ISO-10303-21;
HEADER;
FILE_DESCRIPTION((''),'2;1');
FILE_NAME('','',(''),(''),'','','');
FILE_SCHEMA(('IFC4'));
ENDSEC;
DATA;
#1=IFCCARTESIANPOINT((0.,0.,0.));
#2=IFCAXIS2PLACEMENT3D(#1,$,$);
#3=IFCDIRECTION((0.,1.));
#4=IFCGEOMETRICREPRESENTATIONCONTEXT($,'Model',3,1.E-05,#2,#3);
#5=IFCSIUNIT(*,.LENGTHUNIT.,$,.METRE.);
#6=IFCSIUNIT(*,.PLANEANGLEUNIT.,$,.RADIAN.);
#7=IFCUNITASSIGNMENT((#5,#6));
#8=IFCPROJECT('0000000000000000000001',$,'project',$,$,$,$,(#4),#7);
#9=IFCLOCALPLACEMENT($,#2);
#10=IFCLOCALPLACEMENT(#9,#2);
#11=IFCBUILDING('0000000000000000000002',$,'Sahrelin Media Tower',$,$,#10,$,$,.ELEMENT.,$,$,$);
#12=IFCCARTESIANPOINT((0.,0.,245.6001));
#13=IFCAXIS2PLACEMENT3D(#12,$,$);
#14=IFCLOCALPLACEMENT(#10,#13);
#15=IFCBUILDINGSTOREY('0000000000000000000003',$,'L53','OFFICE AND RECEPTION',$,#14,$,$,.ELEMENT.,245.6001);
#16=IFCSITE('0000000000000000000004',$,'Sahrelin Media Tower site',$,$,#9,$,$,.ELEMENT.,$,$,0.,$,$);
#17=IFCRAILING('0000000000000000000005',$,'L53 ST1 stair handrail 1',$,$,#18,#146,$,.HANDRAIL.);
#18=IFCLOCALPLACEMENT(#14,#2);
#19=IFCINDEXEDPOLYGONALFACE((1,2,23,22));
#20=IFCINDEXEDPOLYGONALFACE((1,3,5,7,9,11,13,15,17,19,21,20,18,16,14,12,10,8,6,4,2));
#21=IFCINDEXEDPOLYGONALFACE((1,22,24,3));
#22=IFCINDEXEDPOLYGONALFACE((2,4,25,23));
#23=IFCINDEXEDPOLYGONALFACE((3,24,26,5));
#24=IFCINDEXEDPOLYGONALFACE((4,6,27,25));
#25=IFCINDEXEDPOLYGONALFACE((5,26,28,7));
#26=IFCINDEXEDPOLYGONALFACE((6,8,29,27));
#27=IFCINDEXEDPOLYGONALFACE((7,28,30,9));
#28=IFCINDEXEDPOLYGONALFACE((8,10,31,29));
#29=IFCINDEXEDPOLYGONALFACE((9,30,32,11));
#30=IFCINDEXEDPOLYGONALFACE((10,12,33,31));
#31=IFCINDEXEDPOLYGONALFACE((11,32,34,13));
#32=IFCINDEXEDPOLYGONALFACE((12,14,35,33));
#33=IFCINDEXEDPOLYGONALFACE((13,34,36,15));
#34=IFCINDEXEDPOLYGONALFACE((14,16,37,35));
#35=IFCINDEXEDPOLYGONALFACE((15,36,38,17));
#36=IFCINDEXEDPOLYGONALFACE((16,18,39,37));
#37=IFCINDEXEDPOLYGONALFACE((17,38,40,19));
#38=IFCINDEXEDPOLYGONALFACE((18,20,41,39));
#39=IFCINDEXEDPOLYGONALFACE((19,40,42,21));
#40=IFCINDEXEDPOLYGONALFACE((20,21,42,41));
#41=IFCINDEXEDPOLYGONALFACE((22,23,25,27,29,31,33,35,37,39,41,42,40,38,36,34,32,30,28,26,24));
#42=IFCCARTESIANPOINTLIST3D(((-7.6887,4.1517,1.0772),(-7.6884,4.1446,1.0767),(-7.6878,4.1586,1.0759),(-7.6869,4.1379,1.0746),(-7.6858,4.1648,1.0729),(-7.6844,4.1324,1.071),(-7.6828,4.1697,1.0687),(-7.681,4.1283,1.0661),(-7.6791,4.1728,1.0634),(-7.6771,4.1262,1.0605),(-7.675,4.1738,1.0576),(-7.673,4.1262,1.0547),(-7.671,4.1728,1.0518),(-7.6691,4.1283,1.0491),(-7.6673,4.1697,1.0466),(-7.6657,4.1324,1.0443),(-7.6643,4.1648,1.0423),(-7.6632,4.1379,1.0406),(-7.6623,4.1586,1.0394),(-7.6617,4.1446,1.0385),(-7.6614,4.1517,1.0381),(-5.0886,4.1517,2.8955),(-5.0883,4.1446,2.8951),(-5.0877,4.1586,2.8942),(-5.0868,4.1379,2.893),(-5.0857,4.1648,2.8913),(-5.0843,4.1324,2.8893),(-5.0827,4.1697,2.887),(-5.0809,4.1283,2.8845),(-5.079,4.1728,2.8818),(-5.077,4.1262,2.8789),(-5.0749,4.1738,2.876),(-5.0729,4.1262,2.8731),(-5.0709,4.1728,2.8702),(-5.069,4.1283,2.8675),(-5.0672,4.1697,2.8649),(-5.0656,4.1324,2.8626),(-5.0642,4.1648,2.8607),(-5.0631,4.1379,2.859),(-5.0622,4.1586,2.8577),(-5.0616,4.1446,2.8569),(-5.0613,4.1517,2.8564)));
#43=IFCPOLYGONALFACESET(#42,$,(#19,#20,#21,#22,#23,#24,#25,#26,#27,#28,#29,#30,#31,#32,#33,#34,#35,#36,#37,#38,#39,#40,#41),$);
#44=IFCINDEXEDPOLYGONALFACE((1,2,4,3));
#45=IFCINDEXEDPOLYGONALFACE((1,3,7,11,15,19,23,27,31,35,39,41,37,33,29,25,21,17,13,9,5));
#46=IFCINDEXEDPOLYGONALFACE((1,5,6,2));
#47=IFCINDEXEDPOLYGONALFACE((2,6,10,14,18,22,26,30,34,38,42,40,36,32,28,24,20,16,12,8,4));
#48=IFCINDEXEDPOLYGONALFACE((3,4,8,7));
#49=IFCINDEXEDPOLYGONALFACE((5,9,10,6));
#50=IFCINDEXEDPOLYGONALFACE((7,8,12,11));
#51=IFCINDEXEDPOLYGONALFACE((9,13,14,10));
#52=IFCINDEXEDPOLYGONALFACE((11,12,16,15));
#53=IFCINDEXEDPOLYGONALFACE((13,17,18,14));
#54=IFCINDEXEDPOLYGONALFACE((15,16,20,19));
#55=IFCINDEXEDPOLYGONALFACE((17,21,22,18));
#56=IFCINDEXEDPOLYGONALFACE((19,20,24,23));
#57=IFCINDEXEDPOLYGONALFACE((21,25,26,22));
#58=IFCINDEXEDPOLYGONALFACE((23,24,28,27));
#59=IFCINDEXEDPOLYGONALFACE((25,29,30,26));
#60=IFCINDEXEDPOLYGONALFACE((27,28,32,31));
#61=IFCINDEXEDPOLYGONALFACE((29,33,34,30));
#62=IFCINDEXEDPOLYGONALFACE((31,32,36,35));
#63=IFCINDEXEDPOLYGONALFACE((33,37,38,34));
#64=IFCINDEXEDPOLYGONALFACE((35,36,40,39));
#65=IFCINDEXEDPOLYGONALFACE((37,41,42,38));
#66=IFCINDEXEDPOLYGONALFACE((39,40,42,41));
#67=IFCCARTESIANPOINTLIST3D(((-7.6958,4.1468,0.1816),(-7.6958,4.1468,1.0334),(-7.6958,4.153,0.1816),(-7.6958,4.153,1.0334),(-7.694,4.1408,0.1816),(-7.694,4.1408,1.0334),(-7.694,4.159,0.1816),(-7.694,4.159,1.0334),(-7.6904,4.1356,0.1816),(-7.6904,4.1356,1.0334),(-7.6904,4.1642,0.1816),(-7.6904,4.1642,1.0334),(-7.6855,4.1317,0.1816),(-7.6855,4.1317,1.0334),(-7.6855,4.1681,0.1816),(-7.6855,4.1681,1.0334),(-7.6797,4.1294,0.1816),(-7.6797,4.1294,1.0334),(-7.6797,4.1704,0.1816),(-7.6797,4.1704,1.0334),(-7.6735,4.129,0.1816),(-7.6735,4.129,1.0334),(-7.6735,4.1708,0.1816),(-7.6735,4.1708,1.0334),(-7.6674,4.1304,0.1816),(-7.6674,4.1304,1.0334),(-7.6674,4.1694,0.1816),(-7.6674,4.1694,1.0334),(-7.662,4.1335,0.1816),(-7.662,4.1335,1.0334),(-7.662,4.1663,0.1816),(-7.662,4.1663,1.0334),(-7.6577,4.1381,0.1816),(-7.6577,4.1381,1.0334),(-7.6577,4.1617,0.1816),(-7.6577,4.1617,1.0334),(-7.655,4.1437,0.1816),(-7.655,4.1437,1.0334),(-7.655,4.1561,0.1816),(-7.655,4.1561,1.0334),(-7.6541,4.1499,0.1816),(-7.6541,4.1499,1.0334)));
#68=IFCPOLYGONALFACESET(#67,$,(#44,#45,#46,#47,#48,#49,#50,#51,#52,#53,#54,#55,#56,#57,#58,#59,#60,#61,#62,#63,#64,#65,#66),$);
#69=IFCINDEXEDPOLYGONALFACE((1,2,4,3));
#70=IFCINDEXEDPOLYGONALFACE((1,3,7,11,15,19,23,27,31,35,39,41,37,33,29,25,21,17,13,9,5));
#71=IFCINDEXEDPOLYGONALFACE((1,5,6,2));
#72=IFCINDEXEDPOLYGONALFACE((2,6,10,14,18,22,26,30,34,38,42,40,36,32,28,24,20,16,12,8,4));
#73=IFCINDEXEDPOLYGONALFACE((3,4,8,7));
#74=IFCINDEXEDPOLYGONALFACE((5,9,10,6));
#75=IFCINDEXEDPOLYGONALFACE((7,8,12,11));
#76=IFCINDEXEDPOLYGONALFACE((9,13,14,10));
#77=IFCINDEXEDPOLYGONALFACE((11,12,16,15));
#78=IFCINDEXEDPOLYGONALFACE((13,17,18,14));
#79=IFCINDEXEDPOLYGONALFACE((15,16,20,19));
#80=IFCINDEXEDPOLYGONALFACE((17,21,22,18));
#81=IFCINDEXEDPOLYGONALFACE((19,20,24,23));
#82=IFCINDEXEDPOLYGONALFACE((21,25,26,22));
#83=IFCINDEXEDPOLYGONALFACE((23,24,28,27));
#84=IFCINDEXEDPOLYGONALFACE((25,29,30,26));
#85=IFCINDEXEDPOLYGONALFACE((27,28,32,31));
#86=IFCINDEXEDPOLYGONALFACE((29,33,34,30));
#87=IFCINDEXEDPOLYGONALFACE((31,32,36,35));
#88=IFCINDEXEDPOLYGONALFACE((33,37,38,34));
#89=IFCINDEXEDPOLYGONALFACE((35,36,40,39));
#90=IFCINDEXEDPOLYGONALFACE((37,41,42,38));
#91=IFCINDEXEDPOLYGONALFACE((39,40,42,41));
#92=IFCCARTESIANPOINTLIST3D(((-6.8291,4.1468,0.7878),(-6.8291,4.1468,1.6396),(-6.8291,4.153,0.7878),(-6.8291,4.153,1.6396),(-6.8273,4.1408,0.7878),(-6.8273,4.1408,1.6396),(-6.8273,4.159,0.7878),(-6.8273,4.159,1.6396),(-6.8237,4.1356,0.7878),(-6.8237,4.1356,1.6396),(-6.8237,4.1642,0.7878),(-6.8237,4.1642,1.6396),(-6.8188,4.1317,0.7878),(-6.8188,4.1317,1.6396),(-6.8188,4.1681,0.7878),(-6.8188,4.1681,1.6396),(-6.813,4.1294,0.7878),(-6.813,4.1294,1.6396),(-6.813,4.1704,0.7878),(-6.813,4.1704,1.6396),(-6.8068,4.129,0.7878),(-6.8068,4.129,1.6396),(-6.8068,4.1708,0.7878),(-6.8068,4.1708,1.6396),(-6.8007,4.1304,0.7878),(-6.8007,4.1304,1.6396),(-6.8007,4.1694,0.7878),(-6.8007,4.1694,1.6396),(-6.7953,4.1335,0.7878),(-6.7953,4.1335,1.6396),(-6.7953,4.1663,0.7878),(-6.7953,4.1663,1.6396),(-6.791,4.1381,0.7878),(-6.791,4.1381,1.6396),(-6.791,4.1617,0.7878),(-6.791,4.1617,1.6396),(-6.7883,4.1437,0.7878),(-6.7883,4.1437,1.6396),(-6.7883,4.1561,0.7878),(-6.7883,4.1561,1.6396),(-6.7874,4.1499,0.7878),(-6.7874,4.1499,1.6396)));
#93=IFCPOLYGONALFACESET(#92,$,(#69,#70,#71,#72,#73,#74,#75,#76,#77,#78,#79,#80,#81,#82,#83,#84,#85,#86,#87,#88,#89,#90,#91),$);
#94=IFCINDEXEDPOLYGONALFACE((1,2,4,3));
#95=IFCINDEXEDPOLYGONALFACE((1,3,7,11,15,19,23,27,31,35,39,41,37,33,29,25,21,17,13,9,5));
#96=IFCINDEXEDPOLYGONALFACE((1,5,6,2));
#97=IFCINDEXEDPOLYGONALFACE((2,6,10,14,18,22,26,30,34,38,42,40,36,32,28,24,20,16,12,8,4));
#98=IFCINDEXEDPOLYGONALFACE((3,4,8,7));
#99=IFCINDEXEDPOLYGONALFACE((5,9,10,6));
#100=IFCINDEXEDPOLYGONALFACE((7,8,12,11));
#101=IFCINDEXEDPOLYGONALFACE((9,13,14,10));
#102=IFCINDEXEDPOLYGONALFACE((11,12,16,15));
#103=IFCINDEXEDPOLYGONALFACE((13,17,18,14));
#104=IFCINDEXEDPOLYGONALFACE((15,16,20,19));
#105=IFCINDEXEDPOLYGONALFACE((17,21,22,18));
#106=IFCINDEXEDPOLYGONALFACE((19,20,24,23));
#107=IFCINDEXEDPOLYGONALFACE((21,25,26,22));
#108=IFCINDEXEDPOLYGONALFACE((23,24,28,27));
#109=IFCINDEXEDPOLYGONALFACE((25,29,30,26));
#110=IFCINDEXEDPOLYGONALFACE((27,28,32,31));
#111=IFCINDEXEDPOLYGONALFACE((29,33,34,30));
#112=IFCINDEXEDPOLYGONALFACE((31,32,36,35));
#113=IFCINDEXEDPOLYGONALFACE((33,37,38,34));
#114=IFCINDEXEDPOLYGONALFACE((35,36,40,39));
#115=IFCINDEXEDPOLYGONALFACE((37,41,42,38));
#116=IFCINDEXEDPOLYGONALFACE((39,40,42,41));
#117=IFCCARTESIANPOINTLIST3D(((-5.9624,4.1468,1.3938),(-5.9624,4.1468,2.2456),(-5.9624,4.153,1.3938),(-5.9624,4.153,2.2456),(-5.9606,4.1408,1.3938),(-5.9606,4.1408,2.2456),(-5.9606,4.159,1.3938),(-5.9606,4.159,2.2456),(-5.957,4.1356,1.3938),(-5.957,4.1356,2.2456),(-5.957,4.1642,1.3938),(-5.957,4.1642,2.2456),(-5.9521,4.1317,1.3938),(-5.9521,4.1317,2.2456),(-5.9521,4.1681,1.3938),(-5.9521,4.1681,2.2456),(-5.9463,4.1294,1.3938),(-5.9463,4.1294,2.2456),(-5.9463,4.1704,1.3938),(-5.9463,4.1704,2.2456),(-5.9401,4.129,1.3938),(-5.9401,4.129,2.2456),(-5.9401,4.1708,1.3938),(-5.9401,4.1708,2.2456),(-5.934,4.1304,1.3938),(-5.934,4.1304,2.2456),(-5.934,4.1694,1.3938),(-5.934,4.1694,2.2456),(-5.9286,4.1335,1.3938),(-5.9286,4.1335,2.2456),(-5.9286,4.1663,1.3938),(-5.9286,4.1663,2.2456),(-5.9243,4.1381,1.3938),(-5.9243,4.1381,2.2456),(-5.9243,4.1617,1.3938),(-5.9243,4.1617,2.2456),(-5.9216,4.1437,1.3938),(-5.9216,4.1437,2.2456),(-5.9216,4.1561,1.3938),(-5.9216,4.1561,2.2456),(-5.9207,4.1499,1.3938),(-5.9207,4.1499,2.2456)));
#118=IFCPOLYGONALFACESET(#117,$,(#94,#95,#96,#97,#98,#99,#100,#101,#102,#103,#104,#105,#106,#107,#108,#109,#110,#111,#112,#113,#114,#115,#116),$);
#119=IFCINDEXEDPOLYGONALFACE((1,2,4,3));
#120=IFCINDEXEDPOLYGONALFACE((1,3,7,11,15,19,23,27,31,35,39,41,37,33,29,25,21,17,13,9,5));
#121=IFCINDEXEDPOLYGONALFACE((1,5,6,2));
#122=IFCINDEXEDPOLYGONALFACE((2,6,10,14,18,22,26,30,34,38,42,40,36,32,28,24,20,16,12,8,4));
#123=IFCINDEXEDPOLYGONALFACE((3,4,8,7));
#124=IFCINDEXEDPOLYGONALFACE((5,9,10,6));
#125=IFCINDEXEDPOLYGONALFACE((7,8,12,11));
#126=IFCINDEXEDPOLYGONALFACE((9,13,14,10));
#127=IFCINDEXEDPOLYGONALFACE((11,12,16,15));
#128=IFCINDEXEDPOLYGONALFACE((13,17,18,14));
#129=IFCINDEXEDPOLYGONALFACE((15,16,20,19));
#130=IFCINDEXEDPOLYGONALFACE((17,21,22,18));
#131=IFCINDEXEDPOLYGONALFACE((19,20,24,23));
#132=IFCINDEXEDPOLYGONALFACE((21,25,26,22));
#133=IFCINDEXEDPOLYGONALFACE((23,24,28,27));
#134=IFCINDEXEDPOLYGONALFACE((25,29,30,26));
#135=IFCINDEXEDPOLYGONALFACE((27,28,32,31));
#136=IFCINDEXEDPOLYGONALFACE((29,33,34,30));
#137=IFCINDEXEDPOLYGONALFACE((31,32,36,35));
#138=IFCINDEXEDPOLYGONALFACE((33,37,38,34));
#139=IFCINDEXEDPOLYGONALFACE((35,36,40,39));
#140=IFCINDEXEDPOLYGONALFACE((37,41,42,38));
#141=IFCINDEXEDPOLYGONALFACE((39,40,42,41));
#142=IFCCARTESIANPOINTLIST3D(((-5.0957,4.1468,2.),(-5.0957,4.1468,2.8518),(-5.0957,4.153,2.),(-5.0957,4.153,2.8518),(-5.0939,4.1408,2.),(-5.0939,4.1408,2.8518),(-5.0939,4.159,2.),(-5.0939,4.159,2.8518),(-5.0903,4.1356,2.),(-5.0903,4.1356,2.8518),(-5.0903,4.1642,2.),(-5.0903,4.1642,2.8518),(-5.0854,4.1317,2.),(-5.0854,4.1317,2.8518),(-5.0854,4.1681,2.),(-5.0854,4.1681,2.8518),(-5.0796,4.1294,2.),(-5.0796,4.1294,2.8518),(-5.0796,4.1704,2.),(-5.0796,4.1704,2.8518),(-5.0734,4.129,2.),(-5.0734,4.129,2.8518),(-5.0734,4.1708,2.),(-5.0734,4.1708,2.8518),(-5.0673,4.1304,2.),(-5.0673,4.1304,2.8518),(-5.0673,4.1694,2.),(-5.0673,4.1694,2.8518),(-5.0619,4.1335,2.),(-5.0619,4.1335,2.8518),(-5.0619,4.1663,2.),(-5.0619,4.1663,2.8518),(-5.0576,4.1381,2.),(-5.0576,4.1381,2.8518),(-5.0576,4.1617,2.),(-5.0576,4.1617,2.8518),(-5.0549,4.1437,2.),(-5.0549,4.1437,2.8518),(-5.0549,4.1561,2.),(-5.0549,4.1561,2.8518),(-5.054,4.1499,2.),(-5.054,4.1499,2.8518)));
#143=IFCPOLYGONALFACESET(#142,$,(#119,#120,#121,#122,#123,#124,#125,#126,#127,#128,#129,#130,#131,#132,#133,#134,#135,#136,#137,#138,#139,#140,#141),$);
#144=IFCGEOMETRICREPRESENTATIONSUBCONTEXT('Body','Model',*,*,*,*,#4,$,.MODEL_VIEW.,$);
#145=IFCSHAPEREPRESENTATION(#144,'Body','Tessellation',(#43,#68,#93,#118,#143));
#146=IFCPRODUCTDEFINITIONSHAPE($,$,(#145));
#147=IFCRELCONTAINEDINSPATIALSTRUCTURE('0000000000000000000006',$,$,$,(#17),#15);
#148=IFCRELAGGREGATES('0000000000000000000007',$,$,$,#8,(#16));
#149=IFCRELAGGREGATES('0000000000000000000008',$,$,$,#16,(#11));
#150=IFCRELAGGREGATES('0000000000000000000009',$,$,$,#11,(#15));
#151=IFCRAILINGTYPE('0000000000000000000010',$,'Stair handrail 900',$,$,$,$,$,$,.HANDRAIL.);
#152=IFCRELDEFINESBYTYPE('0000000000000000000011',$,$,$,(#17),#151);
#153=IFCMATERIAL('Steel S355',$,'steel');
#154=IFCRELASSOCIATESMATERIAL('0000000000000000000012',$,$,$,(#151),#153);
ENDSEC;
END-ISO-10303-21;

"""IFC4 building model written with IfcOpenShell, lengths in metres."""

from ifc_helpers import new_model, si_unit, direction, frame, origin, origin_2d, place, context, subcontext, project, spatial, circle, extrude, material, type_object, element, save


model = new_model("IFC4")

# Units and contexts
model_context = context("Model", 3, precision=1e-05, world=origin(), true_north=direction((0.0, 1.0)))
body_context = subcontext(model_context, "Body", "Model", "MODEL_VIEW")
ifc_project = project(units=[si_unit("LENGTHUNIT", "METRE"), si_unit("PLANEANGLEUNIT", "RADIAN")], contexts=[model_context])

# Site, building, storey
site_placement = place(None, origin())
site = spatial("IfcSite", under=ifc_project, at=site_placement, Name="Sahrelin Media Tower site", CompositionType="ELEMENT", RefElevation=0.0)
building_placement = place(site_placement, origin())
building = spatial("IfcBuilding", under=site, at=building_placement, Name="Sahrelin Media Tower", CompositionType="ELEMENT")
storey_placement = place(building_placement, frame((0.0, 0.0, 245.6001)))
storey = spatial("IfcBuildingStorey", under=building, at=storey_placement, Name="L53", Description="OFFICE AND RECEPTION", CompositionType="ELEMENT", Elevation=245.6001)

# Shared definitions
ifc_material_1 = material(Name="Steel S355", Category="steel")

# Railing
railing_type_1 = type_object("IfcRailingType", Name="Stair handrail 900", PredefinedType="HANDRAIL", material=ifc_material_1)
railing_1_placement = place(storey_placement, frame((-7.675, 4.1499, 0.1816)))
element("IfcRailing", 1, at=railing_1_placement, inside=storey, type_object=railing_type_1, Name="L53 ST1 stair handrail 1", PredefinedType="HANDRAIL", context=body_context, shape_type="SweptSolid", body=[
    extrude(circle(Radius=0.0239, at=origin_2d()), frame((0.0, 0.0, 0.876), z_axis=(0.819485, 0.0, 0.573101), x_axis=(0.0, 1.0, 0.0)), (0.0, 0.0, 1.0), 3.1729),
    extrude(circle(Radius=0.021, at=origin_2d()), origin(), (0.0, 0.0, 1.0), 0.8518),
    extrude(circle(Radius=0.021, at=origin_2d()), frame((0.8667, 0.0, 0.6062)), (0.0, 0.0, 1.0), 0.8518),
    extrude(circle(Radius=0.021, at=origin_2d()), frame((1.7334, 0.0, 1.2122)), (0.0, 0.0, 1.0), 0.8518),
    extrude(circle(Radius=0.021, at=origin_2d()), frame((2.6001, 0.0, 1.8184)), (0.0, 0.0, 1.0), 0.8518),
])

save(model, "model.ifc")
